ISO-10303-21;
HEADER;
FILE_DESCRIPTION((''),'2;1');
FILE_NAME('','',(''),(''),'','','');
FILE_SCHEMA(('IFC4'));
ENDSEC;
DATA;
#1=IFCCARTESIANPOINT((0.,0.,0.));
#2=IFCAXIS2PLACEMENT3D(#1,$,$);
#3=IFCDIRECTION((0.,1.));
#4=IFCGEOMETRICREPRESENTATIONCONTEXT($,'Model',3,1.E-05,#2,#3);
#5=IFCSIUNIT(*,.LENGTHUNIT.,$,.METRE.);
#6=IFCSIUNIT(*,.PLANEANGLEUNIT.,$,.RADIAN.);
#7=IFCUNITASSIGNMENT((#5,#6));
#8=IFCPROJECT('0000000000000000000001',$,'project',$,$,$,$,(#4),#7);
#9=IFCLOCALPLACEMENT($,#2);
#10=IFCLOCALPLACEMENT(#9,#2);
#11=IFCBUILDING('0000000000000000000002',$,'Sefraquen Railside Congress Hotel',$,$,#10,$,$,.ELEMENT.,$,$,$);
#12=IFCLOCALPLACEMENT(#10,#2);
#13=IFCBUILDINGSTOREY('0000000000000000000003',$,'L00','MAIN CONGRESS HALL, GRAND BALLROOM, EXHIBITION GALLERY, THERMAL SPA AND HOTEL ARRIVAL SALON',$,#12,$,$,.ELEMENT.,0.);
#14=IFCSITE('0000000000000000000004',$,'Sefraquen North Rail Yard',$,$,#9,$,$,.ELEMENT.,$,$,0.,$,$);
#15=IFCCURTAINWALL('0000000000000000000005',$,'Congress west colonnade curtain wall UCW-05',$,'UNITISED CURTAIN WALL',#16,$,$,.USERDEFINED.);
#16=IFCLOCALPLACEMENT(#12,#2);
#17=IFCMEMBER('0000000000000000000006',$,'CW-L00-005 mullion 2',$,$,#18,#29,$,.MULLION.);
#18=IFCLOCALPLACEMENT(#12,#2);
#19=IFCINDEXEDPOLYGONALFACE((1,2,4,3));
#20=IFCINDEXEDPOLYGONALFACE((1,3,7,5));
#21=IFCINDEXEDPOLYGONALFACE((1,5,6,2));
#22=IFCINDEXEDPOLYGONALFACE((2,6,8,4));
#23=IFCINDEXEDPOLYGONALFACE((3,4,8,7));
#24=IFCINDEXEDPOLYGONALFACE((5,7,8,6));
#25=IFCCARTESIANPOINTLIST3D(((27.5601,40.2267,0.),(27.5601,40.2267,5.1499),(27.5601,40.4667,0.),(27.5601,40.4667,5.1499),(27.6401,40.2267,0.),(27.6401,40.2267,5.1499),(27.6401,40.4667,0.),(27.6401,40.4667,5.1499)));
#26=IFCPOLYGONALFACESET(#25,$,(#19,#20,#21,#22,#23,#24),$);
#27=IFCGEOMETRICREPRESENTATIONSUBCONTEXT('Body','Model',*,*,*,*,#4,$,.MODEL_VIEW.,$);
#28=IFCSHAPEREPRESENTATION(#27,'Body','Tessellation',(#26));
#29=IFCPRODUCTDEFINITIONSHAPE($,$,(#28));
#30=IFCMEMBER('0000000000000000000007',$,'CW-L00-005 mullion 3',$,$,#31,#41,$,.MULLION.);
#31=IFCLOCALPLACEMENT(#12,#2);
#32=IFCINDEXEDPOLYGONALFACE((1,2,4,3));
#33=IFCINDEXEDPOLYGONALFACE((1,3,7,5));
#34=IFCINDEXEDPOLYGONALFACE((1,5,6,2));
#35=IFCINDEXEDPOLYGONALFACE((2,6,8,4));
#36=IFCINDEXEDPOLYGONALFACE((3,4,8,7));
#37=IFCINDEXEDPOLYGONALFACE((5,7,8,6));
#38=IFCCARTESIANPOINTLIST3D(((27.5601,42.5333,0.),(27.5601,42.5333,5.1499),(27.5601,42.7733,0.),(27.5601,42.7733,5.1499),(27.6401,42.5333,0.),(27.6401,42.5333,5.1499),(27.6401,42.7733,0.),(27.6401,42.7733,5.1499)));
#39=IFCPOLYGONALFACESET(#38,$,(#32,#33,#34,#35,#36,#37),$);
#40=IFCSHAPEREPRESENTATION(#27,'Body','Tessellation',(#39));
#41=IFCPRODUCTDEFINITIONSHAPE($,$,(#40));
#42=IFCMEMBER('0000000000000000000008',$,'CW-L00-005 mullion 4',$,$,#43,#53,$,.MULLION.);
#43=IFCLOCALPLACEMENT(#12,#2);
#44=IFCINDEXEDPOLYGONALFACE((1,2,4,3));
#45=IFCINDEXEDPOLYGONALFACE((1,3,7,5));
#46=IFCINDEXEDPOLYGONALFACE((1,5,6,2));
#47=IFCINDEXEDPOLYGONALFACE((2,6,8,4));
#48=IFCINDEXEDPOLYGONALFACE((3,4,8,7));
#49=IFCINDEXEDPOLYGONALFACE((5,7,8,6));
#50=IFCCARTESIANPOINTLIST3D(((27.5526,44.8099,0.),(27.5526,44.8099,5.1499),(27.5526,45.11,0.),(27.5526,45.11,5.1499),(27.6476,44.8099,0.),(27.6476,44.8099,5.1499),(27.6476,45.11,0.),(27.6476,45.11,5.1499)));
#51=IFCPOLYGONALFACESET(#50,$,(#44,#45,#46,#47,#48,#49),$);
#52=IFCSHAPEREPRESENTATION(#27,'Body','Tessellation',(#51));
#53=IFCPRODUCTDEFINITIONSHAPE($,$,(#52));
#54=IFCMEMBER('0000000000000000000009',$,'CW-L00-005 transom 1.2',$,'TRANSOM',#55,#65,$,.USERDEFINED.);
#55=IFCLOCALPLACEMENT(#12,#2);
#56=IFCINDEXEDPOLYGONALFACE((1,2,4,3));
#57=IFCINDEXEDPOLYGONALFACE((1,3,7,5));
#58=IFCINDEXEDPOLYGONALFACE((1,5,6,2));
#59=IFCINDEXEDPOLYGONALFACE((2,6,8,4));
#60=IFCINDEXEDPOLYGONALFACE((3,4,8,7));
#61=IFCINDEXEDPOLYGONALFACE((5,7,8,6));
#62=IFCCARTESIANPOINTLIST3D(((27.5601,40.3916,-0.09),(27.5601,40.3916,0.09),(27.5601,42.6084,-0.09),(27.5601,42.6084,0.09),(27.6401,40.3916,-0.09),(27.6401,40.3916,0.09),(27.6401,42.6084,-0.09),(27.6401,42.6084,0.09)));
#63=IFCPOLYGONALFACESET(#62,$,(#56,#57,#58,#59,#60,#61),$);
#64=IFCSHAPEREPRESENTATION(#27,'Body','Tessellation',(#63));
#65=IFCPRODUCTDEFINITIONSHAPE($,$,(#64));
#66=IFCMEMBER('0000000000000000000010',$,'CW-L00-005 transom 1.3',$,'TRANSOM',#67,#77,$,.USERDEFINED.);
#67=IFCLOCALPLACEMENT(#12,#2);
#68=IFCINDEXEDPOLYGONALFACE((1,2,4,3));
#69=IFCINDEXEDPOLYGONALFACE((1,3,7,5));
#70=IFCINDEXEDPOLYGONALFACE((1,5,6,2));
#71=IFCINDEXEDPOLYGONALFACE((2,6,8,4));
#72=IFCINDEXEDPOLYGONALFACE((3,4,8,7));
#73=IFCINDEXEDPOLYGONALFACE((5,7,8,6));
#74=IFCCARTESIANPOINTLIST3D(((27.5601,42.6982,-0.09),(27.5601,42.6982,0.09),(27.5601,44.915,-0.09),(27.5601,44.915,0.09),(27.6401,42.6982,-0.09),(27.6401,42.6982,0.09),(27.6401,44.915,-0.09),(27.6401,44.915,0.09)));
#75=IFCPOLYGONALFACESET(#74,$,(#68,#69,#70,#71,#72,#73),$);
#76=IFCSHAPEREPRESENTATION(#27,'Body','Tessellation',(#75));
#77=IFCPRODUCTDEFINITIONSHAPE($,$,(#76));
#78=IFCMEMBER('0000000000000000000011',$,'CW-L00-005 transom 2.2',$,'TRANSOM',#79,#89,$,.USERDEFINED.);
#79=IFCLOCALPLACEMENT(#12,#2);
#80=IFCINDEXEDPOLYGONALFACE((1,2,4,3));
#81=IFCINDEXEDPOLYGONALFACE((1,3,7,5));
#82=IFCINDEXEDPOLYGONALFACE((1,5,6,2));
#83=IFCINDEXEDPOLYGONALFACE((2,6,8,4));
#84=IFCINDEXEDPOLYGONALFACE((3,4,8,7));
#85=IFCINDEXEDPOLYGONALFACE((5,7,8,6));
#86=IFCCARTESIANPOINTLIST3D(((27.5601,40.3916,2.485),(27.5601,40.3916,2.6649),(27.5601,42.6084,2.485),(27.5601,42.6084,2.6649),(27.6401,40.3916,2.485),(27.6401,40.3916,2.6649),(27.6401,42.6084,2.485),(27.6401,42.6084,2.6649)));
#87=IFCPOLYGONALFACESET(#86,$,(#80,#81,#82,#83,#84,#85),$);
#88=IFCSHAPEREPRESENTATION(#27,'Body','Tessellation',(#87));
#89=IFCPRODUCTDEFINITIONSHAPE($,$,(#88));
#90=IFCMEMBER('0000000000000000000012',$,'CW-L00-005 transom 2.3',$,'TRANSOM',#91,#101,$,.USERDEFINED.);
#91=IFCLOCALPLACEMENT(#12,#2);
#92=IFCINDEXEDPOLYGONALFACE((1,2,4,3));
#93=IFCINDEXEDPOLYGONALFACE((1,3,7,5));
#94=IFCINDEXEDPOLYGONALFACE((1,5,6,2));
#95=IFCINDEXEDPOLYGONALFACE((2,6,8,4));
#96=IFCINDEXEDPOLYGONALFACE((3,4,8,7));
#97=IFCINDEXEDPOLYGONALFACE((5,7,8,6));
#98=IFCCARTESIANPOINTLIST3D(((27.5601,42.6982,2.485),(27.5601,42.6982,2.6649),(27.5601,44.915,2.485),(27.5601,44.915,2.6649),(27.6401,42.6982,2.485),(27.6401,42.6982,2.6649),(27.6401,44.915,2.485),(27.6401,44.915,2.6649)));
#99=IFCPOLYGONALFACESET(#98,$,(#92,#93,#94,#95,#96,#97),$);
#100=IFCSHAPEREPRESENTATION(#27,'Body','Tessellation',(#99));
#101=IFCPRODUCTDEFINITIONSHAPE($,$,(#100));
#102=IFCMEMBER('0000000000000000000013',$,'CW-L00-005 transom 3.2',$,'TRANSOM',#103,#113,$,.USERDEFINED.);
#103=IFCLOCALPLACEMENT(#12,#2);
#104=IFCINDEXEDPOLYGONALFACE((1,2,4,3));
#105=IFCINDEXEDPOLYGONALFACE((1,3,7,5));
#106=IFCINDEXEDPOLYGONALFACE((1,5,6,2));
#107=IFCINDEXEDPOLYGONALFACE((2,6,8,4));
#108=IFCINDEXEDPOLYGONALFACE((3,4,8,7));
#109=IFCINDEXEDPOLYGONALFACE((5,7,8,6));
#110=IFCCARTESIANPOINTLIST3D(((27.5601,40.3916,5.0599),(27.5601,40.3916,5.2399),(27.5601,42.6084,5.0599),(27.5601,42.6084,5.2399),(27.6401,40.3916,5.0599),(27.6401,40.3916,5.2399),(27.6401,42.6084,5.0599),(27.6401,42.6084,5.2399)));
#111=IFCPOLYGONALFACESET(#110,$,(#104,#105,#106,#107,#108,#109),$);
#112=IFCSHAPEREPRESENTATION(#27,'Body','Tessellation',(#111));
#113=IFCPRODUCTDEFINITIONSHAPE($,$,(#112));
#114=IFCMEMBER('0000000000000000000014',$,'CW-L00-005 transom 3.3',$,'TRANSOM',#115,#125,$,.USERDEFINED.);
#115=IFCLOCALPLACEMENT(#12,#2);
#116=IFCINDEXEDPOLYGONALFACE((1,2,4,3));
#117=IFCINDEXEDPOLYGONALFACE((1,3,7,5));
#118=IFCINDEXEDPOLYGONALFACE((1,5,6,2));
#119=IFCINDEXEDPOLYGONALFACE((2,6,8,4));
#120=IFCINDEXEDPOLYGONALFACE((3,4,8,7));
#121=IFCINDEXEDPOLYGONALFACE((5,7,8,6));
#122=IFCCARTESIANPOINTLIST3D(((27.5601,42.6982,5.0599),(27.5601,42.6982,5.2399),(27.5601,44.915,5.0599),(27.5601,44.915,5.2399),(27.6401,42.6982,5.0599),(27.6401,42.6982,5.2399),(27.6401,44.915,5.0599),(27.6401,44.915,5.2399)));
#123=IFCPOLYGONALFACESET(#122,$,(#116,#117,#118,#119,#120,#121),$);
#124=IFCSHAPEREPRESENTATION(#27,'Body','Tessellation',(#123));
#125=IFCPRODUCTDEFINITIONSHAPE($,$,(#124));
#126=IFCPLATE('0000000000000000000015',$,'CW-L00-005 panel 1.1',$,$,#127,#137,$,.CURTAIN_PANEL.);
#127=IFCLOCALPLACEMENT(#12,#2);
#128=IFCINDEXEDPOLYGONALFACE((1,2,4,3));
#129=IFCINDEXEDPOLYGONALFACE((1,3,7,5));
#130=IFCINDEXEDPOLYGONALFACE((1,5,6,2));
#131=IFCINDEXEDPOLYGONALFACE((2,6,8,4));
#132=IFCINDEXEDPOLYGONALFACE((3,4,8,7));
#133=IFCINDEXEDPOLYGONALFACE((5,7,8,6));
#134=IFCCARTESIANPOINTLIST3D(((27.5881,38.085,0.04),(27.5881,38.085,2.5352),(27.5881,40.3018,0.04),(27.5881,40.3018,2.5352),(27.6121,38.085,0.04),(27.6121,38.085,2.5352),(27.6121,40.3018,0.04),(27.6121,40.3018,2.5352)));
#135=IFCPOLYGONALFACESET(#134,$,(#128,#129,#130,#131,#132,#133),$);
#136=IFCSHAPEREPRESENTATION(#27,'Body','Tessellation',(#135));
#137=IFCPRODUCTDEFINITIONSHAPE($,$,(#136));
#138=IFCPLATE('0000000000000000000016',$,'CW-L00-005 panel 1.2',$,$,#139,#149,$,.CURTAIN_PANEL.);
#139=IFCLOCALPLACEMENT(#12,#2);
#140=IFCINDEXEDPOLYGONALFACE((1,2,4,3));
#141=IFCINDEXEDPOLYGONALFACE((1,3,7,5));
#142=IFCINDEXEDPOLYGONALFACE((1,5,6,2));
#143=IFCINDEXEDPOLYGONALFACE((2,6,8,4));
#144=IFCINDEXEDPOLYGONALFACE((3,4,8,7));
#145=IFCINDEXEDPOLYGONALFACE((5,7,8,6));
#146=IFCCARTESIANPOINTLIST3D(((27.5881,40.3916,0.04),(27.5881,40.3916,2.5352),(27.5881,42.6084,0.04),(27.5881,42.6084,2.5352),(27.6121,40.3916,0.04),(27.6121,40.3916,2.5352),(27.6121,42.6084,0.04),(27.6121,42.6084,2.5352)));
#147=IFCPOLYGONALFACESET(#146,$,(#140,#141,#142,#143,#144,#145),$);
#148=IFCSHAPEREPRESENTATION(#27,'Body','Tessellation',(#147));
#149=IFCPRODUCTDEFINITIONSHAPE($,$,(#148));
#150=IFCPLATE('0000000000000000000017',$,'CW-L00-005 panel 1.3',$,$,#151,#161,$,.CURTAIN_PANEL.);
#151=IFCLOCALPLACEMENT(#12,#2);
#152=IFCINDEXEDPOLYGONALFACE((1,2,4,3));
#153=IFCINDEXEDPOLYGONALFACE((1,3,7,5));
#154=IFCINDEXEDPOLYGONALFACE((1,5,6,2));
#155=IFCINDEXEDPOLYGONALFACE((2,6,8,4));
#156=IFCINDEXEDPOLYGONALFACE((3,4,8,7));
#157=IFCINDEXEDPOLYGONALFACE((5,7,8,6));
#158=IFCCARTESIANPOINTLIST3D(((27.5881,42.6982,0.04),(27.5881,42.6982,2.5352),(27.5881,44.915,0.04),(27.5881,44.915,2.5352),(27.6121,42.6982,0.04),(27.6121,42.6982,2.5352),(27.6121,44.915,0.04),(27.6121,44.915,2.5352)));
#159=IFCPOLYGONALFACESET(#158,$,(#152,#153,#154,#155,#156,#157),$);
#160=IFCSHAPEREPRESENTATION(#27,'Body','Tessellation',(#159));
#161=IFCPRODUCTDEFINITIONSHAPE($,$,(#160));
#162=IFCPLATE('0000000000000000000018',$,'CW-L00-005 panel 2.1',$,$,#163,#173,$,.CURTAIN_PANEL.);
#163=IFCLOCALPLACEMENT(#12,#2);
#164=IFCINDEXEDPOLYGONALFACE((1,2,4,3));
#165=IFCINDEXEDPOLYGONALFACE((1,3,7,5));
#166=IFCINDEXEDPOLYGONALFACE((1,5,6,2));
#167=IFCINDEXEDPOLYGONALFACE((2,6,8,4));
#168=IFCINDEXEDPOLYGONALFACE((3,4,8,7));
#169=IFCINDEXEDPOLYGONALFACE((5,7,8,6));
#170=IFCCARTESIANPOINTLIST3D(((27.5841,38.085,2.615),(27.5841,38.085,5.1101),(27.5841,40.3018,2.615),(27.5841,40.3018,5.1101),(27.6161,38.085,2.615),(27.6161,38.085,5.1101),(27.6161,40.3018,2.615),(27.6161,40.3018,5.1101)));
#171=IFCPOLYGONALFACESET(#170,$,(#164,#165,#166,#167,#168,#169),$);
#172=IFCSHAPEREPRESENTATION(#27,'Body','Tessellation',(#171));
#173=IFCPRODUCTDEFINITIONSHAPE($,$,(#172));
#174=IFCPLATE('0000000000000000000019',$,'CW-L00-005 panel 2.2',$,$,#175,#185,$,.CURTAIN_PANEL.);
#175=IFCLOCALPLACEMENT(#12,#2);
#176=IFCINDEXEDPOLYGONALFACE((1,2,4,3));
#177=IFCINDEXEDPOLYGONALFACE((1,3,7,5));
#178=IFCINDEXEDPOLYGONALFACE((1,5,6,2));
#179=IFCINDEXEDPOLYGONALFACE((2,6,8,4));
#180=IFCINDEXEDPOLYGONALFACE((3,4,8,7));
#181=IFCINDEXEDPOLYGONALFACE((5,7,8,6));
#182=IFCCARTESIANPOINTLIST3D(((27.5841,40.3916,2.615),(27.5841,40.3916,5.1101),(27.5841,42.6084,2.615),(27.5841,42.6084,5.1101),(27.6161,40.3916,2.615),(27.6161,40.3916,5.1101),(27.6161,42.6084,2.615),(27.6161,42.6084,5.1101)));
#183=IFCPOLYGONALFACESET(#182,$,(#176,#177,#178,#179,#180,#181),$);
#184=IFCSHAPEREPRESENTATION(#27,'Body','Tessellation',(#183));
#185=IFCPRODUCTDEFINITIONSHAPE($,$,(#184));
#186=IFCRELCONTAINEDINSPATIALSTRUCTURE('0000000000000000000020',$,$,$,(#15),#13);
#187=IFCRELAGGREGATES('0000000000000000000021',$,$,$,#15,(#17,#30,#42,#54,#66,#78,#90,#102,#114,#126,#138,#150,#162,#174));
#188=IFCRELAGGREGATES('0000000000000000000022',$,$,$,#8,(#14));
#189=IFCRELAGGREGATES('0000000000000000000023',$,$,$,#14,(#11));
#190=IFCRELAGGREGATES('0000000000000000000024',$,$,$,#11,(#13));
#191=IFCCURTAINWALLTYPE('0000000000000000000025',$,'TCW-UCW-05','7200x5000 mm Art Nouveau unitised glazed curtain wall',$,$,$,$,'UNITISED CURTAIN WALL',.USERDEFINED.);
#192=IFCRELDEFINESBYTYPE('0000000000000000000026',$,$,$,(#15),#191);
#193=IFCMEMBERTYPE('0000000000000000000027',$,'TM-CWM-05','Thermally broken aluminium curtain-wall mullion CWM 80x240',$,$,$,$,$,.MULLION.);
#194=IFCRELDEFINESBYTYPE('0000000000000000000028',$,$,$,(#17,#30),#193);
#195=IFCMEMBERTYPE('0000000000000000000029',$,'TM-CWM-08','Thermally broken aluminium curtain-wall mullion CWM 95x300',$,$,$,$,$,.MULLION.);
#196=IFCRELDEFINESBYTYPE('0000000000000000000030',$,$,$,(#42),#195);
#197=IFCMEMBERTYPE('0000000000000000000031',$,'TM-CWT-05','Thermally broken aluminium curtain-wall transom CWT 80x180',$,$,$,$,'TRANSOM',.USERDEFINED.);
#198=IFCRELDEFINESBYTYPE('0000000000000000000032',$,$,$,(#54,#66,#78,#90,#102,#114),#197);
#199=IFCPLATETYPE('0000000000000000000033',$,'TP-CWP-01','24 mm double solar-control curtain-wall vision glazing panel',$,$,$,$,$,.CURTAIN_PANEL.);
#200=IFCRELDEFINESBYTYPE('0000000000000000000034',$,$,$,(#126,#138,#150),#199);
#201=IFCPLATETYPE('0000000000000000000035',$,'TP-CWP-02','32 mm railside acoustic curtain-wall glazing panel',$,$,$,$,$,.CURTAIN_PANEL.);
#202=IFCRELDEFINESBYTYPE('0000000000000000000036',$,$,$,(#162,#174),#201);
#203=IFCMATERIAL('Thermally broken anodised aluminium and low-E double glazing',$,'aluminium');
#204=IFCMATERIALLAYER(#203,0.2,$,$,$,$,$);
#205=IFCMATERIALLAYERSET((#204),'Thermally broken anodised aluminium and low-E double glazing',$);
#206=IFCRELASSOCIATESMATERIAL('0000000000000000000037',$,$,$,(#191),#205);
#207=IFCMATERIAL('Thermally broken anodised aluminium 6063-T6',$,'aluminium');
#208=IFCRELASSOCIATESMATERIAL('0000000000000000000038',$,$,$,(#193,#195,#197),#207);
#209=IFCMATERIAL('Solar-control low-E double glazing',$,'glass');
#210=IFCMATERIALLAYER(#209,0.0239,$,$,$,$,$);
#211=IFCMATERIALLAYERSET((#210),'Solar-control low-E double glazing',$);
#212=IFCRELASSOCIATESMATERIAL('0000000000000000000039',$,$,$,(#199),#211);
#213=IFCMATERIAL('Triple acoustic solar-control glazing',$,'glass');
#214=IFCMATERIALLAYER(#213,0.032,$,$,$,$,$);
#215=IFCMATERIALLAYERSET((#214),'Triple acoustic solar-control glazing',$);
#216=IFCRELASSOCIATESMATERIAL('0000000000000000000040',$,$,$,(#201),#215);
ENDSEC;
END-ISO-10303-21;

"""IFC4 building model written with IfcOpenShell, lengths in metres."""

from ifc_helpers import new_model, si_unit, direction, frame, origin, origin_2d, place, context, subcontext, project, spatial, rectangle, extrude, material, layer, layer_set, material_profile, profile_set, type_object, element, aggregate, save


model = new_model("IFC4")

# Units and contexts
model_context = context("Model", 3, precision=1e-05, world=origin(), true_north=direction((0.0, 1.0)))
body_context = subcontext(model_context, "Body", "Model", "MODEL_VIEW")
ifc_project = project(units=[si_unit("LENGTHUNIT", "METRE"), si_unit("PLANEANGLEUNIT", "RADIAN")], contexts=[model_context])

# Site, building, storey
site_placement = place(None, origin())
site = spatial("IfcSite", under=ifc_project, at=site_placement, Name="Sefraquen North Rail Yard", CompositionType="ELEMENT", RefElevation=0.0)
building_placement = place(site_placement, origin())
building = spatial("IfcBuilding", under=site, at=building_placement, Name="Sefraquen Railside Congress Hotel", CompositionType="ELEMENT")
storey_placement = place(building_placement, origin())
storey = spatial("IfcBuildingStorey", under=building, at=storey_placement, Name="L00", Description="MAIN CONGRESS HALL, GRAND BALLROOM, EXHIBITION GALLERY, THERMAL SPA AND HOTEL ARRIVAL SALON", CompositionType="ELEMENT", Elevation=0.0)

# Curtain wall, members, plates
ifc_material_1 = material(Name="Thermally broken anodised aluminium and low-E double glazing", Category="aluminium")
ifc_layer_1 = layer(ifc_material_1, 0.2)
ifc_layer_set_1 = layer_set([ifc_layer_1], Name="Thermally broken anodised aluminium and low-E double glazing")
curtain_wall_type = type_object("IfcCurtainWallType", Name="TCW-UCW-05", Description="7200x5000 mm Art Nouveau unitised glazed curtain wall", ElementType="UNITISED CURTAIN WALL", PredefinedType="USERDEFINED", material=ifc_layer_set_1)
curtain_wall_placement = place(storey_placement, origin())
curtain_wall = element("IfcCurtainWall", 1, at=curtain_wall_placement, inside=storey, type_object=curtain_wall_type, Name="Congress west colonnade curtain wall UCW-05", ObjectType="UNITISED CURTAIN WALL", PredefinedType="USERDEFINED")
ifc_material_2 = material(Name="Thermally broken anodised aluminium 6063-T6", Category="aluminium")
ifc_material_profile_1 = material_profile(ifc_material_2, rectangle(XDim=0.0801, YDim=0.24, at=origin_2d()), Name="CWM 80x240")
ifc_profile_set_1 = profile_set([ifc_material_profile_1], Name="Thermally broken anodised aluminium 6063-T6")
member_type_1 = type_object("IfcMemberType", Name="TM-CWM-05", Description="Thermally broken aluminium curtain-wall mullion CWM 80x240", PredefinedType="MULLION", material=ifc_profile_set_1)
member_1_placement = place(storey_placement, frame((27.6001, 40.3467, 0.0), z_axis=(0.0, 0.0, 1.0), x_axis=(1.0, 0.0, 0.0)))
member_1 = element("IfcMember", 2, at=member_1_placement, type_object=member_type_1, Name="CW-L00-005 mullion 2", PredefinedType="MULLION", context=body_context, shape_type="SweptSolid", body=[
    extrude(rectangle(XDim=0.0801, YDim=0.24, at=origin_2d()), origin(), (0.0, 0.0, 1.0), 5.1499),
])
member_2_placement = place(storey_placement, frame((27.6001, 42.6533, 0.0), z_axis=(0.0, 0.0, 1.0), x_axis=(1.0, 0.0, 0.0)))
member_2 = element("IfcMember", 3, at=member_2_placement, type_object=member_type_1, Name="CW-L00-005 mullion 3", PredefinedType="MULLION", context=body_context, shape_type="SweptSolid", body=[
    extrude(rectangle(XDim=0.0801, YDim=0.24, at=origin_2d()), origin(), (0.0, 0.0, 1.0), 5.1499),
])
ifc_material_profile_2 = material_profile(ifc_material_2, rectangle(XDim=0.095, YDim=0.3, at=origin_2d()), Name="CWM 95x300")
ifc_profile_set_2 = profile_set([ifc_material_profile_2], Name="Thermally broken anodised aluminium 6063-T6")
member_type_2 = type_object("IfcMemberType", Name="TM-CWM-08", Description="Thermally broken aluminium curtain-wall mullion CWM 95x300", PredefinedType="MULLION", material=ifc_profile_set_2)
member_3_placement = place(storey_placement, frame((27.6001, 44.96, 0.0), z_axis=(0.0, 0.0, 1.0), x_axis=(1.0, 0.0, 0.0)))
member_3 = element("IfcMember", 4, at=member_3_placement, type_object=member_type_2, Name="CW-L00-005 mullion 4", PredefinedType="MULLION", context=body_context, shape_type="SweptSolid", body=[
    extrude(rectangle(XDim=0.095, YDim=0.3, at=origin_2d()), origin(), (0.0, 0.0, 1.0), 5.1499),
])
ifc_material_profile_3 = material_profile(ifc_material_2, rectangle(XDim=0.0801, YDim=0.1799, at=origin_2d()), Name="CWT 80x180")
ifc_profile_set_3 = profile_set([ifc_material_profile_3], Name="Thermally broken anodised aluminium 6063-T6")
member_type_3 = type_object("IfcMemberType", Name="TM-CWT-05", Description="Thermally broken aluminium curtain-wall transom CWT 80x180", ElementType="TRANSOM", PredefinedType="USERDEFINED", material=ifc_profile_set_3)
member_4_placement = place(storey_placement, frame((27.6001, 40.3916, 0.0), z_axis=(0.0, 1.0, 0.0), x_axis=(-1.0, 0.0, 0.0)))
member_4 = element("IfcMember", 5, at=member_4_placement, type_object=member_type_3, Name="CW-L00-005 transom 1.2", ObjectType="TRANSOM", PredefinedType="USERDEFINED", context=body_context, shape_type="SweptSolid", body=[
    extrude(rectangle(XDim=0.0801, YDim=0.1799, at=origin_2d()), origin(), (0.0, 0.0, 1.0), 2.2168),
])
member_5_placement = place(storey_placement, frame((27.6001, 42.6982, 0.0), z_axis=(0.0, 1.0, 0.0), x_axis=(-1.0, 0.0, 0.0)))
member_5 = element("IfcMember", 6, at=member_5_placement, type_object=member_type_3, Name="CW-L00-005 transom 1.3", ObjectType="TRANSOM", PredefinedType="USERDEFINED", context=body_context, shape_type="SweptSolid", body=[
    extrude(rectangle(XDim=0.0801, YDim=0.1799, at=origin_2d()), origin(), (0.0, 0.0, 1.0), 2.2168),
])
member_6_placement = place(storey_placement, frame((27.6001, 40.3916, 2.575), z_axis=(0.0, 1.0, 0.0), x_axis=(-1.0, 0.0, 0.0)))
member_6 = element("IfcMember", 7, at=member_6_placement, type_object=member_type_3, Name="CW-L00-005 transom 2.2", ObjectType="TRANSOM", PredefinedType="USERDEFINED", context=body_context, shape_type="SweptSolid", body=[
    extrude(rectangle(XDim=0.0801, YDim=0.1799, at=origin_2d()), origin(), (0.0, 0.0, 1.0), 2.2168),
])
member_7_placement = place(storey_placement, frame((27.6001, 42.6982, 2.575), z_axis=(0.0, 1.0, 0.0), x_axis=(-1.0, 0.0, 0.0)))
member_7 = element("IfcMember", 8, at=member_7_placement, type_object=member_type_3, Name="CW-L00-005 transom 2.3", ObjectType="TRANSOM", PredefinedType="USERDEFINED", context=body_context, shape_type="SweptSolid", body=[
    extrude(rectangle(XDim=0.0801, YDim=0.1799, at=origin_2d()), origin(), (0.0, 0.0, 1.0), 2.2168),
])
member_8_placement = place(storey_placement, frame((27.6001, 40.3916, 5.1499), z_axis=(0.0, 1.0, 0.0), x_axis=(-1.0, 0.0, 0.0)))
member_8 = element("IfcMember", 9, at=member_8_placement, type_object=member_type_3, Name="CW-L00-005 transom 3.2", ObjectType="TRANSOM", PredefinedType="USERDEFINED", context=body_context, shape_type="SweptSolid", body=[
    extrude(rectangle(XDim=0.0801, YDim=0.1799, at=origin_2d()), origin(), (0.0, 0.0, 1.0), 2.2168),
])
member_9_placement = place(storey_placement, frame((27.6001, 42.6982, 5.1499), z_axis=(0.0, 1.0, 0.0), x_axis=(-1.0, 0.0, 0.0)))
member_9 = element("IfcMember", 10, at=member_9_placement, type_object=member_type_3, Name="CW-L00-005 transom 3.3", ObjectType="TRANSOM", PredefinedType="USERDEFINED", context=body_context, shape_type="SweptSolid", body=[
    extrude(rectangle(XDim=0.0801, YDim=0.1799, at=origin_2d()), origin(), (0.0, 0.0, 1.0), 2.2168),
])
ifc_material_3 = material(Name="Solar-control low-E double glazing", Category="glass")
ifc_layer_2 = layer(ifc_material_3, 0.0239)
ifc_layer_set_2 = layer_set([ifc_layer_2], Name="Solar-control low-E double glazing")
plate_type_1 = type_object("IfcPlateType", Name="TP-CWP-01", Description="24 mm double solar-control curtain-wall vision glazing panel", PredefinedType="CURTAIN_PANEL", material=ifc_layer_set_2)
plate_1_placement = place(storey_placement, frame((27.6001, 39.1934, 0.04), z_axis=(0.0, 0.0, 1.0), x_axis=(0.0, 1.0, 0.0)))
plate_1 = element("IfcPlate", 11, at=plate_1_placement, type_object=plate_type_1, Name="CW-L00-005 panel 1.1", PredefinedType="CURTAIN_PANEL", context=body_context, shape_type="SweptSolid", body=[
    extrude(rectangle(XDim=2.2168, YDim=0.0239, at=origin_2d()), origin(), (0.0, 0.0, 1.0), 2.4951),
])
plate_2_placement = place(storey_placement, frame((27.6001, 41.5, 0.04), z_axis=(0.0, 0.0, 1.0), x_axis=(0.0, 1.0, 0.0)))
plate_2 = element("IfcPlate", 12, at=plate_2_placement, type_object=plate_type_1, Name="CW-L00-005 panel 1.2", PredefinedType="CURTAIN_PANEL", context=body_context, shape_type="SweptSolid", body=[
    extrude(rectangle(XDim=2.2168, YDim=0.0239, at=origin_2d()), origin(), (0.0, 0.0, 1.0), 2.4951),
])
plate_3_placement = place(storey_placement, frame((27.6001, 43.8066, 0.04), z_axis=(0.0, 0.0, 1.0), x_axis=(0.0, 1.0, 0.0)))
plate_3 = element("IfcPlate", 13, at=plate_3_placement, type_object=plate_type_1, Name="CW-L00-005 panel 1.3", PredefinedType="CURTAIN_PANEL", context=body_context, shape_type="SweptSolid", body=[
    extrude(rectangle(XDim=2.2168, YDim=0.0239, at=origin_2d()), origin(), (0.0, 0.0, 1.0), 2.4951),
])
ifc_material_4 = material(Name="Triple acoustic solar-control glazing", Category="glass")
ifc_layer_3 = layer(ifc_material_4, 0.032)
ifc_layer_set_3 = layer_set([ifc_layer_3], Name="Triple acoustic solar-control glazing")
plate_type_2 = type_object("IfcPlateType", Name="TP-CWP-02", Description="32 mm railside acoustic curtain-wall glazing panel", PredefinedType="CURTAIN_PANEL", material=ifc_layer_set_3)
plate_4_placement = place(storey_placement, frame((27.6001, 39.1934, 2.615), z_axis=(0.0, 0.0, 1.0), x_axis=(0.0, 1.0, 0.0)))
plate_4 = element("IfcPlate", 14, at=plate_4_placement, type_object=plate_type_2, Name="CW-L00-005 panel 2.1", PredefinedType="CURTAIN_PANEL", context=body_context, shape_type="SweptSolid", body=[
    extrude(rectangle(XDim=2.2168, YDim=0.032, at=origin_2d()), origin(), (0.0, 0.0, 1.0), 2.4951),
])
plate_5_placement = place(storey_placement, frame((27.6001, 41.5, 2.615), z_axis=(0.0, 0.0, 1.0), x_axis=(0.0, 1.0, 0.0)))
plate_5 = element("IfcPlate", 15, at=plate_5_placement, type_object=plate_type_2, Name="CW-L00-005 panel 2.2", PredefinedType="CURTAIN_PANEL", context=body_context, shape_type="SweptSolid", body=[
    extrude(rectangle(XDim=2.2168, YDim=0.032, at=origin_2d()), origin(), (0.0, 0.0, 1.0), 2.4951),
])
aggregate(curtain_wall, [member_1, member_2, member_3, member_4, member_5, member_6, member_7, member_8, member_9, plate_1, plate_2, plate_3, plate_4, plate_5])

save(model, "model.ifc")
